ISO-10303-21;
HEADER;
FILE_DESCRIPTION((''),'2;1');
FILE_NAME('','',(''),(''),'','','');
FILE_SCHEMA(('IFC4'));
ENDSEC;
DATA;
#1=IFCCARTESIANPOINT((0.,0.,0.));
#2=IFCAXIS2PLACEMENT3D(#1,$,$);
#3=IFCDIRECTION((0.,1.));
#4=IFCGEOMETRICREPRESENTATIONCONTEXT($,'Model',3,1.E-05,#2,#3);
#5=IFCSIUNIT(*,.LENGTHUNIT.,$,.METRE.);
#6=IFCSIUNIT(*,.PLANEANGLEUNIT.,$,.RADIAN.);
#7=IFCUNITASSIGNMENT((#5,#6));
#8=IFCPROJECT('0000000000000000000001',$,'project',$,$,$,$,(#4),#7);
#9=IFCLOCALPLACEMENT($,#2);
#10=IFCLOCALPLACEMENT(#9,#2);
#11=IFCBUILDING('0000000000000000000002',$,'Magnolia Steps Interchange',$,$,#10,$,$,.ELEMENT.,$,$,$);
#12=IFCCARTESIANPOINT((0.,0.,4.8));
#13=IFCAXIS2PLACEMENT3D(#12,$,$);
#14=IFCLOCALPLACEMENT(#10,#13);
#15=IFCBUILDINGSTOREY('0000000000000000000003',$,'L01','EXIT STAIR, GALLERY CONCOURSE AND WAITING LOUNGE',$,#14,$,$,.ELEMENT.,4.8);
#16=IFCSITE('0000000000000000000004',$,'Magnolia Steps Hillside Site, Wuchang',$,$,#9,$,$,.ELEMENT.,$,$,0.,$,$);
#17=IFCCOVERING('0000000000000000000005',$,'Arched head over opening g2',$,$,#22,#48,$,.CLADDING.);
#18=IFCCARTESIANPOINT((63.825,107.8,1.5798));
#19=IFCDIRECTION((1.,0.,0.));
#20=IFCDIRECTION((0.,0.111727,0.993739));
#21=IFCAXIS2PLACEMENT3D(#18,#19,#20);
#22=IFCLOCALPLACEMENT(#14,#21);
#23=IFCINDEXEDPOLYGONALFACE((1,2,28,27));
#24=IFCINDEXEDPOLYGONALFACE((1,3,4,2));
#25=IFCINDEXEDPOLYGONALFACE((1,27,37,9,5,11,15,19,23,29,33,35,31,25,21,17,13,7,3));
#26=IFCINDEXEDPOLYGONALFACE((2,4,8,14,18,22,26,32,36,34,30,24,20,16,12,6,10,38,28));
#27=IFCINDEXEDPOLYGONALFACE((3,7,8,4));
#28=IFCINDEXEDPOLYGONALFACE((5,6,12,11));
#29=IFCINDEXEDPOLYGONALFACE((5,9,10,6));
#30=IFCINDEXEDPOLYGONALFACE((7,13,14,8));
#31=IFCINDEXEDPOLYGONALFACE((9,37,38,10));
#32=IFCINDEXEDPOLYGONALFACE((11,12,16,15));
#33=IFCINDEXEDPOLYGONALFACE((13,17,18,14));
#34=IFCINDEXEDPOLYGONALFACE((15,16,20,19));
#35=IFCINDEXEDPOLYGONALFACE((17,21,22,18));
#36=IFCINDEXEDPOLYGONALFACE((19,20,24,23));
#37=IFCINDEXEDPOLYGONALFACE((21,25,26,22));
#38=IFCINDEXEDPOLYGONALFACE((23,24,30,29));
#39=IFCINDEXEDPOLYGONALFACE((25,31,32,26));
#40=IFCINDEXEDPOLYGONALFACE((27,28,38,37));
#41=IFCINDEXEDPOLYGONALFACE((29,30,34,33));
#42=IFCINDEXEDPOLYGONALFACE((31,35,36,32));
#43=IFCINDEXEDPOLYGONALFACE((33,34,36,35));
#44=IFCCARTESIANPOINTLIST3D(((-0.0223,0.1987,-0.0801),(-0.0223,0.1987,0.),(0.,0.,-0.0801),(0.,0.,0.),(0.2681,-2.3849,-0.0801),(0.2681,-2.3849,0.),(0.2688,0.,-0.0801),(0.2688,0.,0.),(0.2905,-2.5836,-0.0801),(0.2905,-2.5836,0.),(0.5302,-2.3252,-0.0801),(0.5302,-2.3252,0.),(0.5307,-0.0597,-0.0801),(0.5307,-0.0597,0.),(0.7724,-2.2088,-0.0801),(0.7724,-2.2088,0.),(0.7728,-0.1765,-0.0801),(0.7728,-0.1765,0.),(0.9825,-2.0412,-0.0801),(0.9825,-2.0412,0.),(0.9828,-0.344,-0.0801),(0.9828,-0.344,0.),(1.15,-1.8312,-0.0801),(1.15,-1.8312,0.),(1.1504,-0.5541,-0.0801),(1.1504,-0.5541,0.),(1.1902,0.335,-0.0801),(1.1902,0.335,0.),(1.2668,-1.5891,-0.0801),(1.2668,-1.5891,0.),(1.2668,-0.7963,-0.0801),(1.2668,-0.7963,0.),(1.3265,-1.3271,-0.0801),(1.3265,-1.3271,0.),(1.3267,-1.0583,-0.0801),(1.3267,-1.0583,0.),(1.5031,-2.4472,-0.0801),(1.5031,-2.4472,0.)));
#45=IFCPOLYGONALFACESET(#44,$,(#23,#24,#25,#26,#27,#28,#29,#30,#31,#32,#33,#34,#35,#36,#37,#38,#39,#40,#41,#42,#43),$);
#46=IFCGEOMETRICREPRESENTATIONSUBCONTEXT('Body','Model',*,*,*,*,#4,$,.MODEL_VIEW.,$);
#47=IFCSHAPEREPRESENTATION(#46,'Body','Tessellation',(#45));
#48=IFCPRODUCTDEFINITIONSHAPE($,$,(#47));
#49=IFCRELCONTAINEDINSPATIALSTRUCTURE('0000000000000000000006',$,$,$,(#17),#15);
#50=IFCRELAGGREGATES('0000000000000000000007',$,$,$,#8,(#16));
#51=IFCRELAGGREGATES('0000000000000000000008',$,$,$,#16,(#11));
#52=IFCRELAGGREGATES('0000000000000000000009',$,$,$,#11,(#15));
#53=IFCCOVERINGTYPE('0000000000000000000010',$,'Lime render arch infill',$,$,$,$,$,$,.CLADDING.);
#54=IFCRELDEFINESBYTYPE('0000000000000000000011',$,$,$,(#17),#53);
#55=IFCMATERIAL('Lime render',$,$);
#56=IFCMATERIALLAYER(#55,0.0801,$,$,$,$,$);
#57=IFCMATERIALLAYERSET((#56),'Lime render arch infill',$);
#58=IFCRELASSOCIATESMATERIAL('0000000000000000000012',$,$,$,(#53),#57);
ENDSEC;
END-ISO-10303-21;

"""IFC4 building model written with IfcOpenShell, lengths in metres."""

from ifc_helpers import new_model, si_unit, direction, frame, origin, place, context, subcontext, project, spatial, polyline, outline, extrude, material, layer, layer_set, type_object, element, save


model = new_model("IFC4")

# Units and contexts
model_context = context("Model", 3, precision=1e-05, world=origin(), true_north=direction((0.0, 1.0)))
body_context = subcontext(model_context, "Body", "Model", "MODEL_VIEW")
ifc_project = project(units=[si_unit("LENGTHUNIT", "METRE"), si_unit("PLANEANGLEUNIT", "RADIAN")], contexts=[model_context])

# Site, building, storey
site_placement = place(None, origin())
site = spatial("IfcSite", under=ifc_project, at=site_placement, Name="Magnolia Steps Hillside Site, Wuchang", CompositionType="ELEMENT", RefElevation=0.0)
building_placement = place(site_placement, origin())
building = spatial("IfcBuilding", under=site, at=building_placement, Name="Magnolia Steps Interchange", CompositionType="ELEMENT")
storey_placement = place(building_placement, frame((0.0, 0.0, 4.8)))
storey = spatial("IfcBuildingStorey", under=building, at=storey_placement, Name="L01", Description="EXIT STAIR, GALLERY CONCOURSE AND WAITING LOUNGE", CompositionType="ELEMENT", Elevation=4.8)

# Covering
ifc_material_1 = material(Name="Lime render")
ifc_layer_1 = layer(ifc_material_1, 0.0801)
ifc_layer_set_1 = layer_set([ifc_layer_1], Name="Lime render arch infill")
covering_type_1 = type_object("IfcCoveringType", Name="Lime render arch infill", PredefinedType="CLADDING", material=ifc_layer_set_1)
covering_1_placement = place(storey_placement, frame((63.825, 107.8, 1.5798), z_axis=(1.0, 0.0, 0.0), x_axis=(0.0, 0.111727, 0.993739)))
element("IfcCovering", 1, at=covering_1_placement, inside=storey, type_object=covering_type_1, Name="Arched head over opening g2", PredefinedType="CLADDING", context=body_context, shape_type="SweptSolid", body=[
    extrude(outline(polyline([(0.0, 0.0), (0.2688, 0.0), (0.5307, -0.0597), (0.7728, -0.1765), (0.9828, -0.344), (1.1504, -0.5541), (1.2668, -0.7963), (1.3267, -1.0583), (1.3265, -1.3271), (1.2668, -1.5891), (1.15, -1.8312), (0.9825, -2.0412), (0.7724, -2.2088), (0.5302, -2.3252), (0.2681, -2.3849), (0.2905, -2.5836), (1.5031, -2.4472), (1.1902, 0.335), (-0.0223, 0.1987), (0.0, 0.0)])), origin(), (0.0, 0.0, -1.0), 0.0801),
])

save(model, "model.ifc")
